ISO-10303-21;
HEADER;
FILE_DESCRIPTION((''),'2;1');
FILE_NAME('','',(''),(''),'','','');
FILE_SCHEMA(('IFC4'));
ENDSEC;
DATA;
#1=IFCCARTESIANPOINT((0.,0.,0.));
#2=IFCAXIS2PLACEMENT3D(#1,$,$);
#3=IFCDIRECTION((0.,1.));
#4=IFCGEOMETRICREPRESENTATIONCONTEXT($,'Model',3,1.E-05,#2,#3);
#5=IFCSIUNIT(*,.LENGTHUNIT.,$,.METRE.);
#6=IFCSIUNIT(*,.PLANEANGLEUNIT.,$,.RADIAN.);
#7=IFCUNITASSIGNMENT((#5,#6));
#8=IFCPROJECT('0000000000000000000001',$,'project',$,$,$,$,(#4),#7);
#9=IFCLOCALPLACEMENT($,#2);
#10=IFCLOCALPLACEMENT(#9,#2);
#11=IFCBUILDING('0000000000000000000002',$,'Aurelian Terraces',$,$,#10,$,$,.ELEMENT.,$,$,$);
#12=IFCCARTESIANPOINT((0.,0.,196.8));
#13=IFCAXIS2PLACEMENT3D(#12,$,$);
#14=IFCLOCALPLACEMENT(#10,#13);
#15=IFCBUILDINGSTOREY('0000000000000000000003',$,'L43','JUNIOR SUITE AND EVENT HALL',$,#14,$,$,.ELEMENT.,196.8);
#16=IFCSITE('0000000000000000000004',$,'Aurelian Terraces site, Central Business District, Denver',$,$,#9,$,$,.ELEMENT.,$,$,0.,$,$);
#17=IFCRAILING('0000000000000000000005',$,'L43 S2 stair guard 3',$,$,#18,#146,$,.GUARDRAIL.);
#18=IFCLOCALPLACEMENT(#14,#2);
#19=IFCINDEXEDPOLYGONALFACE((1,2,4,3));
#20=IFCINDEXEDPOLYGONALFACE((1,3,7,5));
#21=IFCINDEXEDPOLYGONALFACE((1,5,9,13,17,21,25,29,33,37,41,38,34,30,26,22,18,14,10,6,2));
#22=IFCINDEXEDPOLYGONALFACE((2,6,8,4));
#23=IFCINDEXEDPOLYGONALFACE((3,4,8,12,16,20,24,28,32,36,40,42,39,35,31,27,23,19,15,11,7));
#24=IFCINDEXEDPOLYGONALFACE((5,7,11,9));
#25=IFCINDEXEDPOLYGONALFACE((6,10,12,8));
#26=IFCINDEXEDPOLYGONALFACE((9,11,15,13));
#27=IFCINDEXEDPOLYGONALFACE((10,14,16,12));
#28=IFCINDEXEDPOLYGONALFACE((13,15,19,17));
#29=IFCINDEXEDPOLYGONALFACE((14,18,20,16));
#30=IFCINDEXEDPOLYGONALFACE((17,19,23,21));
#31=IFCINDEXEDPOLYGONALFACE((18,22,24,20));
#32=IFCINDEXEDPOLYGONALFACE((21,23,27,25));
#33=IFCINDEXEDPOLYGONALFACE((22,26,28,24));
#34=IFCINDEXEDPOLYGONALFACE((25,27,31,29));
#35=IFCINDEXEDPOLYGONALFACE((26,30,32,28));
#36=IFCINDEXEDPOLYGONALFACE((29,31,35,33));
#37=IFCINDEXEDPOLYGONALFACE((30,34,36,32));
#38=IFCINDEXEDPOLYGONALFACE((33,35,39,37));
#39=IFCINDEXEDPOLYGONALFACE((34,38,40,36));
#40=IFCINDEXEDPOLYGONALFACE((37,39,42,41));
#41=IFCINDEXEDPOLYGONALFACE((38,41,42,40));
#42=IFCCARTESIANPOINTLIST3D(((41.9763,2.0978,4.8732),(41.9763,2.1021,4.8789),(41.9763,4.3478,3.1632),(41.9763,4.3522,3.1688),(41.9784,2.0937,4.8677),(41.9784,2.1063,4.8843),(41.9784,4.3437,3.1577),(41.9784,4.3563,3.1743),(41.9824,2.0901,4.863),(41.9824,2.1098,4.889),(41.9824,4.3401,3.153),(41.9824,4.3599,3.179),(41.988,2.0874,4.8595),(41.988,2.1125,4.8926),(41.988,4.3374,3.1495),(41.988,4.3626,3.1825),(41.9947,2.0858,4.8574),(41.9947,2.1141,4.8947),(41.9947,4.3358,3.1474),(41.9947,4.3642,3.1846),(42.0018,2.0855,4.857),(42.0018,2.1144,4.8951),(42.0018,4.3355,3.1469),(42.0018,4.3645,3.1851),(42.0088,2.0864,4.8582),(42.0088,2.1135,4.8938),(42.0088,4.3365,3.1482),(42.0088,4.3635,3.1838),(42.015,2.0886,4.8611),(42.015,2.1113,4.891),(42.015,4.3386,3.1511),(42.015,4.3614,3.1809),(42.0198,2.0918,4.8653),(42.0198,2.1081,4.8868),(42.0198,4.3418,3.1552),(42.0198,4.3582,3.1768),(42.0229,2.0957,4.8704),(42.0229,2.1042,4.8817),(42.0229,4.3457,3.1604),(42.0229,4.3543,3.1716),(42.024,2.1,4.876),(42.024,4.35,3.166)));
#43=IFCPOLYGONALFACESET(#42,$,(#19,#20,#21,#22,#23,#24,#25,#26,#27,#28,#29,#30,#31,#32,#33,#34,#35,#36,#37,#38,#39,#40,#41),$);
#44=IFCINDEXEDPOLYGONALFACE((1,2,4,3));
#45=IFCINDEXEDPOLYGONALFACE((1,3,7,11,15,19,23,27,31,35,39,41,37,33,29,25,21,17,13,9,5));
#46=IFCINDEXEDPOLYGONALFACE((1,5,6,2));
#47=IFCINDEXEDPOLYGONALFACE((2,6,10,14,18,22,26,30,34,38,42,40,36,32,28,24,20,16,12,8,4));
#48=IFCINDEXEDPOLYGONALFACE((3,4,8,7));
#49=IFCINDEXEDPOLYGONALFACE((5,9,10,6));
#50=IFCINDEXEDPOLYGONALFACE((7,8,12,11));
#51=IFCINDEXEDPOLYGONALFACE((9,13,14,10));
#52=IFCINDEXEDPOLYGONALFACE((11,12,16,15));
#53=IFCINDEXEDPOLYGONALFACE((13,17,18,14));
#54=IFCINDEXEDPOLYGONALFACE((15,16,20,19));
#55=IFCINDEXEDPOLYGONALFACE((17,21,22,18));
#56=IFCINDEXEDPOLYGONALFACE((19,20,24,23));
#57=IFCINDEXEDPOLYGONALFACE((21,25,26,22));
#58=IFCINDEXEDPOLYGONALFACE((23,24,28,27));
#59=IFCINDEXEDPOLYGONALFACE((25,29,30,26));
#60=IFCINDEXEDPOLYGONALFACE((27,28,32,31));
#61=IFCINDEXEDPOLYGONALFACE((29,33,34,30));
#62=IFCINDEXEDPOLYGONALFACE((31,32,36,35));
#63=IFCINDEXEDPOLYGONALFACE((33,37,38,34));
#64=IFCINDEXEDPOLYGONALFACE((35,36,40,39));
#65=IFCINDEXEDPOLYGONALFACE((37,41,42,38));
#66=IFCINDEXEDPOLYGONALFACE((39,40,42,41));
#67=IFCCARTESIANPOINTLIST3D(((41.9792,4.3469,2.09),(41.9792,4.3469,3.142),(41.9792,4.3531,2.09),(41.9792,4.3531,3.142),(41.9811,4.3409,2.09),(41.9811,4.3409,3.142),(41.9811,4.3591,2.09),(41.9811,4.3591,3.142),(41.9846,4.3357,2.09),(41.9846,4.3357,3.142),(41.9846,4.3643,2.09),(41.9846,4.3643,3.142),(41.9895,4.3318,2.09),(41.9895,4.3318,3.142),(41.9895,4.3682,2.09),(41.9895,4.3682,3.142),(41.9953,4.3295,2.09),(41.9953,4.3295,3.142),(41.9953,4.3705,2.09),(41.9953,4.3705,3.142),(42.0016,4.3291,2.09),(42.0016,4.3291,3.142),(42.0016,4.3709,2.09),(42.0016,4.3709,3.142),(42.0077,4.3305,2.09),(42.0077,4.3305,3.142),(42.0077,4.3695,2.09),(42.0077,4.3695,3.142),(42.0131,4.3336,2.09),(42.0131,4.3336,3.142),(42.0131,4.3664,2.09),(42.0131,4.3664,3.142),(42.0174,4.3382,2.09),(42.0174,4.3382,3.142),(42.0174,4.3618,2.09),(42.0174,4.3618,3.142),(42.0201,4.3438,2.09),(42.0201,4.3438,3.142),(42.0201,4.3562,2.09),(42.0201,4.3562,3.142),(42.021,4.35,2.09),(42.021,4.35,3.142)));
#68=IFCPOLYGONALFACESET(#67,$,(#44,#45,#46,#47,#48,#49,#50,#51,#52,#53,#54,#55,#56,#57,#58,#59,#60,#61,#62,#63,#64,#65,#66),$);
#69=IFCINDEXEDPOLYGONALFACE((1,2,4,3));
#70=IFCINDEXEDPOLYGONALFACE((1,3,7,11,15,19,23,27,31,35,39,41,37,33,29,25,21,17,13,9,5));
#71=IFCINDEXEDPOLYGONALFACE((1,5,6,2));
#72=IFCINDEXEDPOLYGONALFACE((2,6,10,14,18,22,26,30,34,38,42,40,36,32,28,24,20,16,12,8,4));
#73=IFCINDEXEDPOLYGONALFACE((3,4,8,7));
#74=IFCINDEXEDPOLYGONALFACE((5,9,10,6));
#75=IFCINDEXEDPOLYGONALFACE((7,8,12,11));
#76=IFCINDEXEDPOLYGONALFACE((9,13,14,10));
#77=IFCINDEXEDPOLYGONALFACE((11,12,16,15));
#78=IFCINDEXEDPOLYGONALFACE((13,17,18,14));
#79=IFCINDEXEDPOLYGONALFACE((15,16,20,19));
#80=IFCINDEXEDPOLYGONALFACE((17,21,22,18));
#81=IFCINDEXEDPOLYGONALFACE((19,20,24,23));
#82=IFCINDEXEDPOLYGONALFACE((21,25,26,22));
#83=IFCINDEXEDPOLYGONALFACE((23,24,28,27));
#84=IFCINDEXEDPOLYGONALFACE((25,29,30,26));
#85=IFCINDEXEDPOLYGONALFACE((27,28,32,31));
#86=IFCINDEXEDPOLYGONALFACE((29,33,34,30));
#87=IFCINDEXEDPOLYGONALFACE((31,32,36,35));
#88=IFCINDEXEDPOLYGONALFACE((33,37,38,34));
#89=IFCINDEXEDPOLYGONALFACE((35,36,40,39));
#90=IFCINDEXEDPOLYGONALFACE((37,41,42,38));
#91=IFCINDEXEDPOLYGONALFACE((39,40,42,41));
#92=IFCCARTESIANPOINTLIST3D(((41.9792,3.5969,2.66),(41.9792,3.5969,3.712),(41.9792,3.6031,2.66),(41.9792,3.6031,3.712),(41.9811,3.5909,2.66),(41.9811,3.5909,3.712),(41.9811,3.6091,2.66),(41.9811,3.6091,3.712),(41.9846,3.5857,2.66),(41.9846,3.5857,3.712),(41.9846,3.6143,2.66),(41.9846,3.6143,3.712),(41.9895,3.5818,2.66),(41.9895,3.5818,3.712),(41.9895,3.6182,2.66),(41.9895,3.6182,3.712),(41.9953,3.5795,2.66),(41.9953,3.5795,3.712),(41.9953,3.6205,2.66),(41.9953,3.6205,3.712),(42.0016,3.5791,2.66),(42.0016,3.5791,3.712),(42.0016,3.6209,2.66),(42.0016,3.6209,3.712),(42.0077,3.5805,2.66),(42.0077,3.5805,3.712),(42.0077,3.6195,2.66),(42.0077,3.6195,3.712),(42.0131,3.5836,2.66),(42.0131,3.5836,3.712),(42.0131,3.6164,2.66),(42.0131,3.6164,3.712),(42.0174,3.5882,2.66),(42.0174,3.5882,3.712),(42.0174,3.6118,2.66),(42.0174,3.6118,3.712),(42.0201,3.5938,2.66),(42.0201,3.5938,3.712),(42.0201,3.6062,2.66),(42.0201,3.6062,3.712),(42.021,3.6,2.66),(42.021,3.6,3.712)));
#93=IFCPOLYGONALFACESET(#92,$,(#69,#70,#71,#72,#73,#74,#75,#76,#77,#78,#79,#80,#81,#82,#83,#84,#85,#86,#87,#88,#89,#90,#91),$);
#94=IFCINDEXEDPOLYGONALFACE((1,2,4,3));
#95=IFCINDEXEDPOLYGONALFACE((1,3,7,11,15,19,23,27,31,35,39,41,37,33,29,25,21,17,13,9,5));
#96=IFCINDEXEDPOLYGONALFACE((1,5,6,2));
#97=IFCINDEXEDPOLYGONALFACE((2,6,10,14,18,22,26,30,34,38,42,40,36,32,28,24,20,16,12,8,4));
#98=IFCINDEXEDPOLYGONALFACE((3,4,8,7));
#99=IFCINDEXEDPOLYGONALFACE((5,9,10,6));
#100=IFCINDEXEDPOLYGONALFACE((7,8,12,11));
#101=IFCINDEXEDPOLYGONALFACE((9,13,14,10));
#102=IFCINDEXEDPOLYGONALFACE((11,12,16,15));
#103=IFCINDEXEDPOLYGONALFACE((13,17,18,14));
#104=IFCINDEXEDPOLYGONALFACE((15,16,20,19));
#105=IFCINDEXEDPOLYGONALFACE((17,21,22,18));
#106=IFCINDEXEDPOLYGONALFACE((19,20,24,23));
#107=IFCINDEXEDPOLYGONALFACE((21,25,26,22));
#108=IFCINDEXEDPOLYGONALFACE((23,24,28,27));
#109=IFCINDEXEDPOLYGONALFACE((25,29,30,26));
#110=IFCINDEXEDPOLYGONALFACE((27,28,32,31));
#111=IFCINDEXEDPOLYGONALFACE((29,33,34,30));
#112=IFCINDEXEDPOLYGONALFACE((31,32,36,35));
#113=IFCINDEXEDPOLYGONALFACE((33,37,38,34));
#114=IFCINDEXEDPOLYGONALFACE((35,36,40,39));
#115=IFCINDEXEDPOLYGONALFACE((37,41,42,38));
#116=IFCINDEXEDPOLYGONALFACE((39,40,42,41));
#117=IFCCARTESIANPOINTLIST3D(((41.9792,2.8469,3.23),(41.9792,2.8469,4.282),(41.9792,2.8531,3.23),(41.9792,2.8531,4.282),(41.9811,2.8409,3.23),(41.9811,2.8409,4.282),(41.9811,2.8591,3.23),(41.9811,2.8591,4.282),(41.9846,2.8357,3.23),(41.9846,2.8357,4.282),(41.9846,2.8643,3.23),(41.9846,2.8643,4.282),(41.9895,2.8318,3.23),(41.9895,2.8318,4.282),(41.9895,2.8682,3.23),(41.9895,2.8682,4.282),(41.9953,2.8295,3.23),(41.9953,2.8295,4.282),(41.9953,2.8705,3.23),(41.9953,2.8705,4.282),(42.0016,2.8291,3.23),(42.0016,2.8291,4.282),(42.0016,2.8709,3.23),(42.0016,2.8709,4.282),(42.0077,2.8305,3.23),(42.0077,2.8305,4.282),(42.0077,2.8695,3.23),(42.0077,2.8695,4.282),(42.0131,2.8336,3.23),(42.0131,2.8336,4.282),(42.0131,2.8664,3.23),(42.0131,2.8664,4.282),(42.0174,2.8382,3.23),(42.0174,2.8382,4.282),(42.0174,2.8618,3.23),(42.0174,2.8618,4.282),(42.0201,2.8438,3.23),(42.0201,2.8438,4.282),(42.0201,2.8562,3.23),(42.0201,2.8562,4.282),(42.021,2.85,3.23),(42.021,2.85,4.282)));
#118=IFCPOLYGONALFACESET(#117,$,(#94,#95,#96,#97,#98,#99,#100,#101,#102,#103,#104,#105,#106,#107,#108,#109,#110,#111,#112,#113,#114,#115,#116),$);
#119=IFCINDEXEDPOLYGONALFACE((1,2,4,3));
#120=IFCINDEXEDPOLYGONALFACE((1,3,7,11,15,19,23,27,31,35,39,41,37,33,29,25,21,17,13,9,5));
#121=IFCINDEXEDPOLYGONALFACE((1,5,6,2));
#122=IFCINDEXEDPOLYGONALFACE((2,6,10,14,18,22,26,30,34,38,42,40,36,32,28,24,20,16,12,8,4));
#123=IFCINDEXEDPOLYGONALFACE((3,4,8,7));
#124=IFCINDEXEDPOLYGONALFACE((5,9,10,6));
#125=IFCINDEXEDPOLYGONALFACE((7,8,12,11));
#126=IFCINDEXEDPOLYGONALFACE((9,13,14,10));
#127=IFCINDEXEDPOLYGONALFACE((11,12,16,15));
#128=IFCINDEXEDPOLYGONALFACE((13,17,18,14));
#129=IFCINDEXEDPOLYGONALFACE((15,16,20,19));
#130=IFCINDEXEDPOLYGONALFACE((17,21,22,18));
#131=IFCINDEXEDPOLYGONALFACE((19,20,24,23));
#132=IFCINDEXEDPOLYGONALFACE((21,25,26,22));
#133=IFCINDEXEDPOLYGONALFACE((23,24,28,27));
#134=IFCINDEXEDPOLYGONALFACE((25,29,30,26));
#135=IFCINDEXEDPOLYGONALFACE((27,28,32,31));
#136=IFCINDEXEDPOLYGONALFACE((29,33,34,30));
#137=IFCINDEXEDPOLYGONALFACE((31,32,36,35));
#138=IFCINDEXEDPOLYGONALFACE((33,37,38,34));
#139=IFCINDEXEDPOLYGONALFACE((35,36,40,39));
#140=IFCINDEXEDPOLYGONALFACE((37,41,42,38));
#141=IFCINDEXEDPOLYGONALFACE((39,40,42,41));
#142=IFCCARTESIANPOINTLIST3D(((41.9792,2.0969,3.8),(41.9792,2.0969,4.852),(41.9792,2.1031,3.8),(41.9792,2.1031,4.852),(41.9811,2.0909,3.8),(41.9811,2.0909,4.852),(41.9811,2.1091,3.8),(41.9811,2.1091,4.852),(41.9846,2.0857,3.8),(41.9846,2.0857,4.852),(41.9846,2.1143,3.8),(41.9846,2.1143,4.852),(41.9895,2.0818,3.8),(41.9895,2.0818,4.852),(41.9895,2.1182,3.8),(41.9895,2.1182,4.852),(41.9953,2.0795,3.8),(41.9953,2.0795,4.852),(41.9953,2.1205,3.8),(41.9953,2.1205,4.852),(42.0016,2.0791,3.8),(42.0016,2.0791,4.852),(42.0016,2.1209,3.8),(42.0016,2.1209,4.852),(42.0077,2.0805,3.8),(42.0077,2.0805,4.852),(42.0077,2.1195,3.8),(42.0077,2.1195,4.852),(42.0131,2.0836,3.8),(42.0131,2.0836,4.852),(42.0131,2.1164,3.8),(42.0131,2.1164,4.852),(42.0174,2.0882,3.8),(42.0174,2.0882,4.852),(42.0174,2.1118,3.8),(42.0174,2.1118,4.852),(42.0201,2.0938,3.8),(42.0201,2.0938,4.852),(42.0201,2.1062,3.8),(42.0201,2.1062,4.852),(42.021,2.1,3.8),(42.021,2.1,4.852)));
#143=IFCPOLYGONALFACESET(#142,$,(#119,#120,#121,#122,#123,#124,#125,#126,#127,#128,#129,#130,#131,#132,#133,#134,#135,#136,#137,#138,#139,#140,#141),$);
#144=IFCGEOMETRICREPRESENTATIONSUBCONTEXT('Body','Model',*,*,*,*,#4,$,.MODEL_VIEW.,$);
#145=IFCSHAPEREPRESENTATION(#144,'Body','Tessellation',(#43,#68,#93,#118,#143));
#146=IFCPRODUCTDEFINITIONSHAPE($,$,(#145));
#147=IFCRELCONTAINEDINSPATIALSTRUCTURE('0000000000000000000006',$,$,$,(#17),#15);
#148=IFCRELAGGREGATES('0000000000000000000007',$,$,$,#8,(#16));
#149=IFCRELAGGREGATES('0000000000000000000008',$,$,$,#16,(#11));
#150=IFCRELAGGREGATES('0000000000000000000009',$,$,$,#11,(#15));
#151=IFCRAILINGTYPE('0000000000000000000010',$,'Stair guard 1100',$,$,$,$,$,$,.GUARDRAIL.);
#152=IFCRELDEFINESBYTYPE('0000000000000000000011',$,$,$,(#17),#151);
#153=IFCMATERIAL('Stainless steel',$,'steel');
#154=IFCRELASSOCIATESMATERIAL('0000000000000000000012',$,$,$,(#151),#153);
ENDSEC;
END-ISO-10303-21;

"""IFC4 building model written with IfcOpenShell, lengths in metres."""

from ifc_helpers import new_model, si_unit, direction, frame, origin, origin_2d, place, context, subcontext, project, spatial, circle, extrude, source, transform, mapped, material, type_object, element, save


model = new_model("IFC4")

# Units and contexts
model_context = context("Model", 3, precision=1e-05, world=origin(), true_north=direction((0.0, 1.0)))
body_context = subcontext(model_context, "Body", "Model", "MODEL_VIEW")
ifc_project = project(units=[si_unit("LENGTHUNIT", "METRE"), si_unit("PLANEANGLEUNIT", "RADIAN")], contexts=[model_context])

# Site, building, storey
site_placement = place(None, origin())
site = spatial("IfcSite", under=ifc_project, at=site_placement, Name="Aurelian Terraces site, Central Business District, Denver", CompositionType="ELEMENT", RefElevation=0.0)
building_placement = place(site_placement, origin())
building = spatial("IfcBuilding", under=site, at=building_placement, Name="Aurelian Terraces", CompositionType="ELEMENT")
storey_placement = place(building_placement, frame((0.0, 0.0, 196.8)))
storey = spatial("IfcBuildingStorey", under=building, at=storey_placement, Name="L43", Description="JUNIOR SUITE AND EVENT HALL", CompositionType="ELEMENT", Elevation=196.8)

# Railing
ifc_material_1 = material(Name="Stainless steel", Category="steel")
railing_type_1 = type_object("IfcRailingType", Name="Stair guard 1100", PredefinedType="GUARDRAIL", material=ifc_material_1)
shared_shape_1 = source(origin(), body_context, "Body", "SweptSolid", [
    extrude(circle(Radius=0.024, at=origin_2d()), frame((0.0, 0.0, 1.076), z_axis=(0.0, -0.796162, 0.605083), x_axis=(1.0, 0.0, 0.0)), (0.0, 0.0, 1.0), 2.8261),
    extrude(circle(Radius=0.021, at=origin_2d()), origin(), (0.0, 0.0, 1.0), 1.052),
    extrude(circle(Radius=0.021, at=origin_2d()), frame((0.0, -0.75, 0.57)), (0.0, 0.0, 1.0), 1.052),
    extrude(circle(Radius=0.021, at=origin_2d()), frame((0.0, -1.5, 1.14)), (0.0, 0.0, 1.0), 1.052),
    extrude(circle(Radius=0.021, at=origin_2d()), frame((0.0, -2.25, 1.71)), (0.0, 0.0, 1.0), 1.052),
])
railing_1_placement = place(storey_placement, frame((42.0, 4.35, 2.09)))
element("IfcRailing", 1, at=railing_1_placement, inside=storey, type_object=railing_type_1, Name="L43 S2 stair guard 3", PredefinedType="GUARDRAIL", context=body_context, shape_type="MappedRepresentation", body=[
    mapped(shared_shape_1, transform((0.0, 0.0, 0.0), scale=1.0)),
])

save(model, "model.ifc")
